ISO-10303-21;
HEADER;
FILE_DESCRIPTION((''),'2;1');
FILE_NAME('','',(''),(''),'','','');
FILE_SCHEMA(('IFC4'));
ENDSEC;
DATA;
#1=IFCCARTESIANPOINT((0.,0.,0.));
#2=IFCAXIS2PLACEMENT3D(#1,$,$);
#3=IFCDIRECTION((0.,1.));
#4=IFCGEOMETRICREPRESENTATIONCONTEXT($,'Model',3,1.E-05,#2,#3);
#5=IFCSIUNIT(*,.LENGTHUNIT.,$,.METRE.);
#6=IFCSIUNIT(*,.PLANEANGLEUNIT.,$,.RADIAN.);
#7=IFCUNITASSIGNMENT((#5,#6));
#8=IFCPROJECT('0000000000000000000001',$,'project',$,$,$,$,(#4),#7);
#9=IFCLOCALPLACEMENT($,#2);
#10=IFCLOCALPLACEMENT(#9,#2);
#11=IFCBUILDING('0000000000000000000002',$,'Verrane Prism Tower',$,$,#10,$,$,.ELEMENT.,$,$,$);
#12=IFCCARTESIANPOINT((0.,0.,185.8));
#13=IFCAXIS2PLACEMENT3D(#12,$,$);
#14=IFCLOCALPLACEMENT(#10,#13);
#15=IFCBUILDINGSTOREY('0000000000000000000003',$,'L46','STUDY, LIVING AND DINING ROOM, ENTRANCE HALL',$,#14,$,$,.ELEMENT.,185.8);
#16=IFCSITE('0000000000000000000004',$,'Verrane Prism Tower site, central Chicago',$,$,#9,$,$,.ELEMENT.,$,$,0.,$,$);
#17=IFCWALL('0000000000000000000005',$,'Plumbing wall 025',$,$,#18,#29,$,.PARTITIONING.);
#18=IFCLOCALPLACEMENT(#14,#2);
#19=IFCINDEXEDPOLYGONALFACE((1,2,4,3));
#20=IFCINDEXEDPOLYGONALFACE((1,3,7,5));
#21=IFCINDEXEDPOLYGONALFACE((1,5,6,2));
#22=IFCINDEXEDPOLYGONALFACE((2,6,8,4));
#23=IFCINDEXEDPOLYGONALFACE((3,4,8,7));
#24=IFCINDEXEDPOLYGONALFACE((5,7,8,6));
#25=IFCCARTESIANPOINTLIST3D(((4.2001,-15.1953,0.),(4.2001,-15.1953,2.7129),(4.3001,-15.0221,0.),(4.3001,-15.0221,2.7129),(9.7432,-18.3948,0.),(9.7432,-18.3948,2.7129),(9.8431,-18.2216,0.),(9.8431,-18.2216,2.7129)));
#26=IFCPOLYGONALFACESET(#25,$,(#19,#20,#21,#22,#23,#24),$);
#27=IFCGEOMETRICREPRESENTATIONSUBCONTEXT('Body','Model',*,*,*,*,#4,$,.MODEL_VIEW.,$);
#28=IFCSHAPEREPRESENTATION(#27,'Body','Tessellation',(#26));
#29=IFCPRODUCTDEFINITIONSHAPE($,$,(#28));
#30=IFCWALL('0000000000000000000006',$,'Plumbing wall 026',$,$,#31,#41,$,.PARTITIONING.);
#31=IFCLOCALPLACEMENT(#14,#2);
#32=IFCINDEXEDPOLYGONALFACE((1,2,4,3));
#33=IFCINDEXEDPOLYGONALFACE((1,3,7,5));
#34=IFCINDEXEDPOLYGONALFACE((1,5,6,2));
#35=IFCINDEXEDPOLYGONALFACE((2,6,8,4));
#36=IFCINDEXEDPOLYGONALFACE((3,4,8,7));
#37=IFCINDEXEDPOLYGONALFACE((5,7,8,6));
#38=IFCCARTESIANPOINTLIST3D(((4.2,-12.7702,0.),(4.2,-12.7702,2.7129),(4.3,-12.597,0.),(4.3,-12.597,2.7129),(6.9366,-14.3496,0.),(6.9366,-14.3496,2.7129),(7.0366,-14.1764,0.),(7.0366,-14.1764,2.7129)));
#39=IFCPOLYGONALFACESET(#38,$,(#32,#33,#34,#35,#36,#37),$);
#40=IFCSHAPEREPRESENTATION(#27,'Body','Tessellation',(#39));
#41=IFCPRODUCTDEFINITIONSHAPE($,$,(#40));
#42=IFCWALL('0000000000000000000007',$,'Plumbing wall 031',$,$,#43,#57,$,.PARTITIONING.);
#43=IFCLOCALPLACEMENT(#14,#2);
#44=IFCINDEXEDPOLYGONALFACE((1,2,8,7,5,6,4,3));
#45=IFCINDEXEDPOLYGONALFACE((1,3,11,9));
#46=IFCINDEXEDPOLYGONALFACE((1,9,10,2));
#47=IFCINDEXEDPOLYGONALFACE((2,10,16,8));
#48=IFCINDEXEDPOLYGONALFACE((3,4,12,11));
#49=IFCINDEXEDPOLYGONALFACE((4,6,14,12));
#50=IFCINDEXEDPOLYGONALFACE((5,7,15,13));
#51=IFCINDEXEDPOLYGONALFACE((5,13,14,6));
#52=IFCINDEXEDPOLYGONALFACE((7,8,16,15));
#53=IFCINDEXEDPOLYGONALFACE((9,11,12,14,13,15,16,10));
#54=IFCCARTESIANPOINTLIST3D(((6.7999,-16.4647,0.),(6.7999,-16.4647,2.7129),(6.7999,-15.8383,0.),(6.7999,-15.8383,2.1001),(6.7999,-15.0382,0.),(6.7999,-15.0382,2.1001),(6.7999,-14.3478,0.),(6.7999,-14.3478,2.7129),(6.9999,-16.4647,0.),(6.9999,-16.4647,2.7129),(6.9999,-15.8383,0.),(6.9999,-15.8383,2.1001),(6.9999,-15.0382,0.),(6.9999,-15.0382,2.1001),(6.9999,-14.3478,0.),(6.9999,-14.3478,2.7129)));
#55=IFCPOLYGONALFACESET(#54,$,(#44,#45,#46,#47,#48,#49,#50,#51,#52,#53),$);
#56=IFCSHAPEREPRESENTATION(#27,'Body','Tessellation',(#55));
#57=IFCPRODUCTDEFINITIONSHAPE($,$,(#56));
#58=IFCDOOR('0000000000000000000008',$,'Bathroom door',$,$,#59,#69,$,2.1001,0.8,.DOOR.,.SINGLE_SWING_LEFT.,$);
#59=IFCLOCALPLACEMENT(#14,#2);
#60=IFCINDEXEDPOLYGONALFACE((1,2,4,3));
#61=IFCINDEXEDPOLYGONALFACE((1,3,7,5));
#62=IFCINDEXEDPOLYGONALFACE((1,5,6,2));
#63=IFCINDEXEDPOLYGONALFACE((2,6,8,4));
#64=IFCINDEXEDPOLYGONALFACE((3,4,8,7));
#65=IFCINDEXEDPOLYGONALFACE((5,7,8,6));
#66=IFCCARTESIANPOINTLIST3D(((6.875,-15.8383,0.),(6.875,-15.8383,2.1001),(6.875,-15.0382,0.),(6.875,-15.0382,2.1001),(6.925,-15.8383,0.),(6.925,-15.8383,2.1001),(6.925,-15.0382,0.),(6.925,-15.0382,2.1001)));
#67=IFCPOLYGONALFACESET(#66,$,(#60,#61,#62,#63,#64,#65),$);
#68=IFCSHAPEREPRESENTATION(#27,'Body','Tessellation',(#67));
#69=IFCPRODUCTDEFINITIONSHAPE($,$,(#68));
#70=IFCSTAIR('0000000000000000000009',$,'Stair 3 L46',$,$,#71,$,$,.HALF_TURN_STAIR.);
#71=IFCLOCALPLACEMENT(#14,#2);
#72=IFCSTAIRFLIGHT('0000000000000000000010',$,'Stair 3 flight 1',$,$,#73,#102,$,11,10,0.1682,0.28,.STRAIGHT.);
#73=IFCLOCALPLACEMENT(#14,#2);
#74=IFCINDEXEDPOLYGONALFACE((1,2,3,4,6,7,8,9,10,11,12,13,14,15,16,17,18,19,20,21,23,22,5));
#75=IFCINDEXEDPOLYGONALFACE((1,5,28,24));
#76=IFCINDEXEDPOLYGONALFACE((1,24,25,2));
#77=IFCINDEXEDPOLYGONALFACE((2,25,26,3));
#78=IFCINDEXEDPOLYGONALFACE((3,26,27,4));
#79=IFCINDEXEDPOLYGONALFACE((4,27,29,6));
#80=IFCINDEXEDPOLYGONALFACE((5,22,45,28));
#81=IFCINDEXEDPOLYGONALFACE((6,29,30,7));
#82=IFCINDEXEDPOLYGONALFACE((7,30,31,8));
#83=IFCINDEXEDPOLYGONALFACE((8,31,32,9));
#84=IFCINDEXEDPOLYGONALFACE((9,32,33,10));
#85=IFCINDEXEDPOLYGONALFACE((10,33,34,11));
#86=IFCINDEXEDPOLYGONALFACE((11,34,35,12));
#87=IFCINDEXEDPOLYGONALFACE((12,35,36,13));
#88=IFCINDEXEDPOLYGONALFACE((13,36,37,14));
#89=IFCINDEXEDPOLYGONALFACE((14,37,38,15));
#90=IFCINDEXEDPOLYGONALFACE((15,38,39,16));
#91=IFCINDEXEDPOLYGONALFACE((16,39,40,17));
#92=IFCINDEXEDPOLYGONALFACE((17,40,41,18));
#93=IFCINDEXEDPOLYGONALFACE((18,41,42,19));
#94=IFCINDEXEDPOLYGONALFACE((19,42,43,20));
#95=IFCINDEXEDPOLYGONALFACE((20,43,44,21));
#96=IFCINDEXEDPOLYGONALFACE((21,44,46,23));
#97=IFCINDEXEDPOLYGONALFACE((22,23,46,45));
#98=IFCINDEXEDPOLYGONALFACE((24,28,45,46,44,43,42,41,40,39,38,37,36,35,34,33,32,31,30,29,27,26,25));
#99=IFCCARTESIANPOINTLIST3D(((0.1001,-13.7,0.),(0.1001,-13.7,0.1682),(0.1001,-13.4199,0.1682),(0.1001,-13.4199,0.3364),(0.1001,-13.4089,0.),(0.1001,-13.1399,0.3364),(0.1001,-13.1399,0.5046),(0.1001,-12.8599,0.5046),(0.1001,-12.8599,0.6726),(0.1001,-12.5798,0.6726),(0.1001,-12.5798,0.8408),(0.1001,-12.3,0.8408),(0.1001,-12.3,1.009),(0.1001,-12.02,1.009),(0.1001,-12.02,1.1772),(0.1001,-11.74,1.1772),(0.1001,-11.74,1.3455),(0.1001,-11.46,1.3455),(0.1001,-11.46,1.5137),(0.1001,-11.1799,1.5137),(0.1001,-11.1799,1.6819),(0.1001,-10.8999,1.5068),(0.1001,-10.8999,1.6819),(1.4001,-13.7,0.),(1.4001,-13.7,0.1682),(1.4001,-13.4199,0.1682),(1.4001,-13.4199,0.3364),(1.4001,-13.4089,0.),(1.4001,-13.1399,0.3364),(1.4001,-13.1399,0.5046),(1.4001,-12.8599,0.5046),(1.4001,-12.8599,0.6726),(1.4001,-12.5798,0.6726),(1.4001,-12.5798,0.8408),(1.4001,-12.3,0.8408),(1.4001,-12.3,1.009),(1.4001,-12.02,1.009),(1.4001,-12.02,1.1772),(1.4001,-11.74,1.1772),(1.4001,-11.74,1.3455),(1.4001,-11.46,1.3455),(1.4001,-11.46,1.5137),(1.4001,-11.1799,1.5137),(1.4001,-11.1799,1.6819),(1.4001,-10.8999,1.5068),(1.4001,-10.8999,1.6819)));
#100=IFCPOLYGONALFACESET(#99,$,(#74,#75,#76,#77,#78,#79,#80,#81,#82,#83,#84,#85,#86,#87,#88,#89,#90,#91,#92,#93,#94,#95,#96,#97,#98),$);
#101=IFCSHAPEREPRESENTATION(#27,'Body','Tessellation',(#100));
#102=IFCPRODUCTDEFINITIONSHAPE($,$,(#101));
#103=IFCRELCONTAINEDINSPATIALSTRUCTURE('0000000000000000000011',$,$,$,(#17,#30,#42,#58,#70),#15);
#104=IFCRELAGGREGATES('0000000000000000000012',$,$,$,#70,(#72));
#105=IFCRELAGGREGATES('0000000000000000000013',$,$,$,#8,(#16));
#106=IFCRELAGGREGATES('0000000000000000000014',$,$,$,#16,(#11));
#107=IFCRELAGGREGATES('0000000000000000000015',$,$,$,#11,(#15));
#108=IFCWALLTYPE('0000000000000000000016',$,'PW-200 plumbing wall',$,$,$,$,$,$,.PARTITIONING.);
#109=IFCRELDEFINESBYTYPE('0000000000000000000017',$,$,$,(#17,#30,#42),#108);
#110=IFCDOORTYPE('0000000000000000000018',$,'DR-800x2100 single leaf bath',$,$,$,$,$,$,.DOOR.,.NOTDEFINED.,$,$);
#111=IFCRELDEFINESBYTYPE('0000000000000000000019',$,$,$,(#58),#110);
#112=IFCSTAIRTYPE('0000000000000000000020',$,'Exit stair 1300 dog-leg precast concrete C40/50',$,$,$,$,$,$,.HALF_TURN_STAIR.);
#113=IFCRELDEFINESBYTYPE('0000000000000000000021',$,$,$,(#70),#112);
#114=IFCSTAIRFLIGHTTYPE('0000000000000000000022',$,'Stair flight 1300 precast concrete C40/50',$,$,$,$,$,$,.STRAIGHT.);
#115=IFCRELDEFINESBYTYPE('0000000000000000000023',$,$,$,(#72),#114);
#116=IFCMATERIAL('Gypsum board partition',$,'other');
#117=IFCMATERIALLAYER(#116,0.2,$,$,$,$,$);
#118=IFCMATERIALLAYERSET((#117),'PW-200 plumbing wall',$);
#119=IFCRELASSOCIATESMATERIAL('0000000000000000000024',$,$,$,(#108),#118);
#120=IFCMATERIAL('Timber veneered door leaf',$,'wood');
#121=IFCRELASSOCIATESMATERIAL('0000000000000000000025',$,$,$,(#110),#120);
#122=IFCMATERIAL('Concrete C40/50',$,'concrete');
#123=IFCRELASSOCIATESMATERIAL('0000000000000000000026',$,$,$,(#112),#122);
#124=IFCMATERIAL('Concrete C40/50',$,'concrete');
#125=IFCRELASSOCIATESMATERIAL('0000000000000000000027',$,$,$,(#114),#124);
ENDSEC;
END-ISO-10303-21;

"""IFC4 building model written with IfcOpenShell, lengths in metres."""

from ifc_helpers import new_model, si_unit, direction, frame, frame_2d, origin, place, context, subcontext, project, spatial, polyline, rectangle, outline, extrude, material, layer, layer_set, type_object, element, fill, aggregate, save


model = new_model("IFC4")

# Units and contexts
model_context = context("Model", 3, precision=1e-05, world=origin(), true_north=direction((0.0, 1.0)))
body_context = subcontext(model_context, "Body", "Model", "MODEL_VIEW")
ifc_project = project(units=[si_unit("LENGTHUNIT", "METRE"), si_unit("PLANEANGLEUNIT", "RADIAN")], contexts=[model_context])

# Site, building, storey
site_placement = place(None, origin())
site = spatial("IfcSite", under=ifc_project, at=site_placement, Name="Verrane Prism Tower site, central Chicago", CompositionType="ELEMENT", RefElevation=0.0)
building_placement = place(site_placement, origin())
building = spatial("IfcBuilding", under=site, at=building_placement, Name="Verrane Prism Tower", CompositionType="ELEMENT")
storey_placement = place(building_placement, frame((0.0, 0.0, 185.8)))
storey = spatial("IfcBuildingStorey", under=building, at=storey_placement, Name="L46", Description="STUDY, LIVING AND DINING ROOM, ENTRANCE HALL", CompositionType="ELEMENT", Elevation=185.8)

# Shared definitions
ifc_material_1 = material(Name="Gypsum board partition", Category="other")
ifc_layer_1 = layer(ifc_material_1, 0.2)
ifc_layer_set_1 = layer_set([ifc_layer_1], Name="PW-200 plumbing wall")
wall_type_1 = type_object("IfcWallType", Name="PW-200 plumbing wall", PredefinedType="PARTITIONING", material=ifc_layer_set_1)

# Walls
wall_1_placement = place(storey_placement, frame((4.25, -15.1086, 0.0), z_axis=(0.0, 0.0, 1.0), x_axis=(0.866078, -0.49991, 0.0)))
element("IfcWall", 1, at=wall_1_placement, inside=storey, type_object=wall_type_1, Name="Plumbing wall 025", PredefinedType="PARTITIONING", context=body_context, shape_type="SweptSolid", body=[
    extrude(rectangle(XDim=6.4001, YDim=0.2, at=frame_2d((3.2002, 0.0))), origin(), (0.0, 0.0, 1.0), 2.7129),
])
wall_2_placement = place(storey_placement, frame((4.25, -12.6836, 0.0), z_axis=(0.0, 0.0, 1.0), x_axis=(0.86611, -0.499854, 0.0)))
element("IfcWall", 2, at=wall_2_placement, inside=storey, type_object=wall_type_1, Name="Plumbing wall 026", PredefinedType="PARTITIONING", context=body_context, shape_type="SweptSolid", body=[
    extrude(rectangle(XDim=3.1597, YDim=0.2, at=frame_2d((1.5798, 0.0))), origin(), (0.0, 0.0, 1.0), 2.7129),
])

# Wall, opening, door
wall_3_placement = place(storey_placement, frame((6.8999, -16.4648, 0.0), z_axis=(0.0, 0.0, 1.0), x_axis=(0.0, 1.0, 0.0)))
wall_3 = element("IfcWall", 3, at=wall_3_placement, inside=storey, type_object=wall_type_1, Name="Plumbing wall 031", PredefinedType="PARTITIONING", context=body_context, shape_type="SweptSolid", body=[
    extrude(rectangle(XDim=2.1169, YDim=0.2, at=frame_2d((1.0586, 0.0))), origin(), (0.0, 0.0, 1.0), 2.7129),
])
opening_1_placement = place(wall_3_placement, frame((0.6267, 0.0, 0.0)))
opening_1 = element("IfcOpeningElement", 4, at=opening_1_placement, cuts=wall_3, PredefinedType="OPENING", context=body_context, shape_type="SweptSolid", body=[
    extrude(rectangle(XDim=0.8, YDim=2.1001, at=frame_2d((0.3999, 1.05))), frame((0.0, 0.1099, 0.0), z_axis=(0.0, -1.0, 0.0), x_axis=(1.0, 0.0, 0.0)), (0.0, 0.0, 1.0), 0.22),
])
ifc_material_2 = material(Name="Timber veneered door leaf", Category="wood")
door_type_1 = type_object("IfcDoorType", Name="DR-800x2100 single leaf bath", OperationType="NOTDEFINED", PredefinedType="DOOR", material=ifc_material_2)
door_1_placement = place(opening_1_placement, origin())
door_1 = element("IfcDoor", 5, at=door_1_placement, inside=storey, type_object=door_type_1, Name="Bathroom door", OperationType="SINGLE_SWING_LEFT", OverallHeight=2.1001, OverallWidth=0.8, PredefinedType="DOOR", context=body_context, shape_type="SweptSolid", body=[
    extrude(rectangle(XDim=0.8, YDim=2.1001, at=frame_2d((0.3999, 1.05))), frame((0.0, 0.0249, 0.0), z_axis=(0.0, -1.0, 0.0), x_axis=(1.0, 0.0, 0.0)), (0.0, 0.0, 1.0), 0.05),
])
fill(opening_1, door_1)

# Stair, stair flight
ifc_material_3 = material(Name="Concrete C40/50", Category="concrete")
stair_type = type_object("IfcStairType", Name="Exit stair 1300 dog-leg precast concrete C40/50", PredefinedType="HALF_TURN_STAIR", material=ifc_material_3)
stair_placement = place(storey_placement, origin())
stair = element("IfcStair", 6, at=stair_placement, inside=storey, type_object=stair_type, Name="Stair 3 L46", PredefinedType="HALF_TURN_STAIR")
ifc_material_4 = material(Name="Concrete C40/50", Category="concrete")
stair_flight_type = type_object("IfcStairFlightType", Name="Stair flight 1300 precast concrete C40/50", PredefinedType="STRAIGHT", material=ifc_material_4)
stair_flight_placement = place(storey_placement, frame((0.75, -13.7, 0.0), z_axis=(0.0, 0.0, 1.0), x_axis=(0.0, 1.0, 0.0)))
stair_flight = element("IfcStairFlight", 7, at=stair_flight_placement, type_object=stair_flight_type, Name="Stair 3 flight 1", NumberOfRisers=11, NumberOfTreads=10, PredefinedType="STRAIGHT", RiserHeight=0.1682, TreadLength=0.28, context=body_context, shape_type="SweptSolid", body=[
    extrude(outline(polyline([(0.0, 0.0), (0.0, 0.1682), (0.28, 0.1682), (0.28, 0.3364), (0.5601, 0.3364), (0.5601, 0.5046), (0.8401, 0.5046), (0.8401, 0.6726), (1.1201, 0.6726), (1.1201, 0.8408), (1.3999, 0.8408), (1.3999, 1.009), (1.6799, 1.009), (1.6799, 1.1772), (1.96, 1.1772), (1.96, 1.3455), (2.24, 1.3455), (2.24, 1.5137), (2.52, 1.5137), (2.52, 1.6819), (2.8, 1.6819), (2.8, 1.8501), (2.8, 1.5068), (0.291, 0.0), (0.0, 0.0)])), frame((0.0, 0.6499, 0.0), z_axis=(0.0, -1.0, 0.0), x_axis=(1.0, 0.0, 0.0)), (0.0, 0.0, 1.0), 1.3),
])
aggregate(stair, [stair_flight])

save(model, "model.ifc")
